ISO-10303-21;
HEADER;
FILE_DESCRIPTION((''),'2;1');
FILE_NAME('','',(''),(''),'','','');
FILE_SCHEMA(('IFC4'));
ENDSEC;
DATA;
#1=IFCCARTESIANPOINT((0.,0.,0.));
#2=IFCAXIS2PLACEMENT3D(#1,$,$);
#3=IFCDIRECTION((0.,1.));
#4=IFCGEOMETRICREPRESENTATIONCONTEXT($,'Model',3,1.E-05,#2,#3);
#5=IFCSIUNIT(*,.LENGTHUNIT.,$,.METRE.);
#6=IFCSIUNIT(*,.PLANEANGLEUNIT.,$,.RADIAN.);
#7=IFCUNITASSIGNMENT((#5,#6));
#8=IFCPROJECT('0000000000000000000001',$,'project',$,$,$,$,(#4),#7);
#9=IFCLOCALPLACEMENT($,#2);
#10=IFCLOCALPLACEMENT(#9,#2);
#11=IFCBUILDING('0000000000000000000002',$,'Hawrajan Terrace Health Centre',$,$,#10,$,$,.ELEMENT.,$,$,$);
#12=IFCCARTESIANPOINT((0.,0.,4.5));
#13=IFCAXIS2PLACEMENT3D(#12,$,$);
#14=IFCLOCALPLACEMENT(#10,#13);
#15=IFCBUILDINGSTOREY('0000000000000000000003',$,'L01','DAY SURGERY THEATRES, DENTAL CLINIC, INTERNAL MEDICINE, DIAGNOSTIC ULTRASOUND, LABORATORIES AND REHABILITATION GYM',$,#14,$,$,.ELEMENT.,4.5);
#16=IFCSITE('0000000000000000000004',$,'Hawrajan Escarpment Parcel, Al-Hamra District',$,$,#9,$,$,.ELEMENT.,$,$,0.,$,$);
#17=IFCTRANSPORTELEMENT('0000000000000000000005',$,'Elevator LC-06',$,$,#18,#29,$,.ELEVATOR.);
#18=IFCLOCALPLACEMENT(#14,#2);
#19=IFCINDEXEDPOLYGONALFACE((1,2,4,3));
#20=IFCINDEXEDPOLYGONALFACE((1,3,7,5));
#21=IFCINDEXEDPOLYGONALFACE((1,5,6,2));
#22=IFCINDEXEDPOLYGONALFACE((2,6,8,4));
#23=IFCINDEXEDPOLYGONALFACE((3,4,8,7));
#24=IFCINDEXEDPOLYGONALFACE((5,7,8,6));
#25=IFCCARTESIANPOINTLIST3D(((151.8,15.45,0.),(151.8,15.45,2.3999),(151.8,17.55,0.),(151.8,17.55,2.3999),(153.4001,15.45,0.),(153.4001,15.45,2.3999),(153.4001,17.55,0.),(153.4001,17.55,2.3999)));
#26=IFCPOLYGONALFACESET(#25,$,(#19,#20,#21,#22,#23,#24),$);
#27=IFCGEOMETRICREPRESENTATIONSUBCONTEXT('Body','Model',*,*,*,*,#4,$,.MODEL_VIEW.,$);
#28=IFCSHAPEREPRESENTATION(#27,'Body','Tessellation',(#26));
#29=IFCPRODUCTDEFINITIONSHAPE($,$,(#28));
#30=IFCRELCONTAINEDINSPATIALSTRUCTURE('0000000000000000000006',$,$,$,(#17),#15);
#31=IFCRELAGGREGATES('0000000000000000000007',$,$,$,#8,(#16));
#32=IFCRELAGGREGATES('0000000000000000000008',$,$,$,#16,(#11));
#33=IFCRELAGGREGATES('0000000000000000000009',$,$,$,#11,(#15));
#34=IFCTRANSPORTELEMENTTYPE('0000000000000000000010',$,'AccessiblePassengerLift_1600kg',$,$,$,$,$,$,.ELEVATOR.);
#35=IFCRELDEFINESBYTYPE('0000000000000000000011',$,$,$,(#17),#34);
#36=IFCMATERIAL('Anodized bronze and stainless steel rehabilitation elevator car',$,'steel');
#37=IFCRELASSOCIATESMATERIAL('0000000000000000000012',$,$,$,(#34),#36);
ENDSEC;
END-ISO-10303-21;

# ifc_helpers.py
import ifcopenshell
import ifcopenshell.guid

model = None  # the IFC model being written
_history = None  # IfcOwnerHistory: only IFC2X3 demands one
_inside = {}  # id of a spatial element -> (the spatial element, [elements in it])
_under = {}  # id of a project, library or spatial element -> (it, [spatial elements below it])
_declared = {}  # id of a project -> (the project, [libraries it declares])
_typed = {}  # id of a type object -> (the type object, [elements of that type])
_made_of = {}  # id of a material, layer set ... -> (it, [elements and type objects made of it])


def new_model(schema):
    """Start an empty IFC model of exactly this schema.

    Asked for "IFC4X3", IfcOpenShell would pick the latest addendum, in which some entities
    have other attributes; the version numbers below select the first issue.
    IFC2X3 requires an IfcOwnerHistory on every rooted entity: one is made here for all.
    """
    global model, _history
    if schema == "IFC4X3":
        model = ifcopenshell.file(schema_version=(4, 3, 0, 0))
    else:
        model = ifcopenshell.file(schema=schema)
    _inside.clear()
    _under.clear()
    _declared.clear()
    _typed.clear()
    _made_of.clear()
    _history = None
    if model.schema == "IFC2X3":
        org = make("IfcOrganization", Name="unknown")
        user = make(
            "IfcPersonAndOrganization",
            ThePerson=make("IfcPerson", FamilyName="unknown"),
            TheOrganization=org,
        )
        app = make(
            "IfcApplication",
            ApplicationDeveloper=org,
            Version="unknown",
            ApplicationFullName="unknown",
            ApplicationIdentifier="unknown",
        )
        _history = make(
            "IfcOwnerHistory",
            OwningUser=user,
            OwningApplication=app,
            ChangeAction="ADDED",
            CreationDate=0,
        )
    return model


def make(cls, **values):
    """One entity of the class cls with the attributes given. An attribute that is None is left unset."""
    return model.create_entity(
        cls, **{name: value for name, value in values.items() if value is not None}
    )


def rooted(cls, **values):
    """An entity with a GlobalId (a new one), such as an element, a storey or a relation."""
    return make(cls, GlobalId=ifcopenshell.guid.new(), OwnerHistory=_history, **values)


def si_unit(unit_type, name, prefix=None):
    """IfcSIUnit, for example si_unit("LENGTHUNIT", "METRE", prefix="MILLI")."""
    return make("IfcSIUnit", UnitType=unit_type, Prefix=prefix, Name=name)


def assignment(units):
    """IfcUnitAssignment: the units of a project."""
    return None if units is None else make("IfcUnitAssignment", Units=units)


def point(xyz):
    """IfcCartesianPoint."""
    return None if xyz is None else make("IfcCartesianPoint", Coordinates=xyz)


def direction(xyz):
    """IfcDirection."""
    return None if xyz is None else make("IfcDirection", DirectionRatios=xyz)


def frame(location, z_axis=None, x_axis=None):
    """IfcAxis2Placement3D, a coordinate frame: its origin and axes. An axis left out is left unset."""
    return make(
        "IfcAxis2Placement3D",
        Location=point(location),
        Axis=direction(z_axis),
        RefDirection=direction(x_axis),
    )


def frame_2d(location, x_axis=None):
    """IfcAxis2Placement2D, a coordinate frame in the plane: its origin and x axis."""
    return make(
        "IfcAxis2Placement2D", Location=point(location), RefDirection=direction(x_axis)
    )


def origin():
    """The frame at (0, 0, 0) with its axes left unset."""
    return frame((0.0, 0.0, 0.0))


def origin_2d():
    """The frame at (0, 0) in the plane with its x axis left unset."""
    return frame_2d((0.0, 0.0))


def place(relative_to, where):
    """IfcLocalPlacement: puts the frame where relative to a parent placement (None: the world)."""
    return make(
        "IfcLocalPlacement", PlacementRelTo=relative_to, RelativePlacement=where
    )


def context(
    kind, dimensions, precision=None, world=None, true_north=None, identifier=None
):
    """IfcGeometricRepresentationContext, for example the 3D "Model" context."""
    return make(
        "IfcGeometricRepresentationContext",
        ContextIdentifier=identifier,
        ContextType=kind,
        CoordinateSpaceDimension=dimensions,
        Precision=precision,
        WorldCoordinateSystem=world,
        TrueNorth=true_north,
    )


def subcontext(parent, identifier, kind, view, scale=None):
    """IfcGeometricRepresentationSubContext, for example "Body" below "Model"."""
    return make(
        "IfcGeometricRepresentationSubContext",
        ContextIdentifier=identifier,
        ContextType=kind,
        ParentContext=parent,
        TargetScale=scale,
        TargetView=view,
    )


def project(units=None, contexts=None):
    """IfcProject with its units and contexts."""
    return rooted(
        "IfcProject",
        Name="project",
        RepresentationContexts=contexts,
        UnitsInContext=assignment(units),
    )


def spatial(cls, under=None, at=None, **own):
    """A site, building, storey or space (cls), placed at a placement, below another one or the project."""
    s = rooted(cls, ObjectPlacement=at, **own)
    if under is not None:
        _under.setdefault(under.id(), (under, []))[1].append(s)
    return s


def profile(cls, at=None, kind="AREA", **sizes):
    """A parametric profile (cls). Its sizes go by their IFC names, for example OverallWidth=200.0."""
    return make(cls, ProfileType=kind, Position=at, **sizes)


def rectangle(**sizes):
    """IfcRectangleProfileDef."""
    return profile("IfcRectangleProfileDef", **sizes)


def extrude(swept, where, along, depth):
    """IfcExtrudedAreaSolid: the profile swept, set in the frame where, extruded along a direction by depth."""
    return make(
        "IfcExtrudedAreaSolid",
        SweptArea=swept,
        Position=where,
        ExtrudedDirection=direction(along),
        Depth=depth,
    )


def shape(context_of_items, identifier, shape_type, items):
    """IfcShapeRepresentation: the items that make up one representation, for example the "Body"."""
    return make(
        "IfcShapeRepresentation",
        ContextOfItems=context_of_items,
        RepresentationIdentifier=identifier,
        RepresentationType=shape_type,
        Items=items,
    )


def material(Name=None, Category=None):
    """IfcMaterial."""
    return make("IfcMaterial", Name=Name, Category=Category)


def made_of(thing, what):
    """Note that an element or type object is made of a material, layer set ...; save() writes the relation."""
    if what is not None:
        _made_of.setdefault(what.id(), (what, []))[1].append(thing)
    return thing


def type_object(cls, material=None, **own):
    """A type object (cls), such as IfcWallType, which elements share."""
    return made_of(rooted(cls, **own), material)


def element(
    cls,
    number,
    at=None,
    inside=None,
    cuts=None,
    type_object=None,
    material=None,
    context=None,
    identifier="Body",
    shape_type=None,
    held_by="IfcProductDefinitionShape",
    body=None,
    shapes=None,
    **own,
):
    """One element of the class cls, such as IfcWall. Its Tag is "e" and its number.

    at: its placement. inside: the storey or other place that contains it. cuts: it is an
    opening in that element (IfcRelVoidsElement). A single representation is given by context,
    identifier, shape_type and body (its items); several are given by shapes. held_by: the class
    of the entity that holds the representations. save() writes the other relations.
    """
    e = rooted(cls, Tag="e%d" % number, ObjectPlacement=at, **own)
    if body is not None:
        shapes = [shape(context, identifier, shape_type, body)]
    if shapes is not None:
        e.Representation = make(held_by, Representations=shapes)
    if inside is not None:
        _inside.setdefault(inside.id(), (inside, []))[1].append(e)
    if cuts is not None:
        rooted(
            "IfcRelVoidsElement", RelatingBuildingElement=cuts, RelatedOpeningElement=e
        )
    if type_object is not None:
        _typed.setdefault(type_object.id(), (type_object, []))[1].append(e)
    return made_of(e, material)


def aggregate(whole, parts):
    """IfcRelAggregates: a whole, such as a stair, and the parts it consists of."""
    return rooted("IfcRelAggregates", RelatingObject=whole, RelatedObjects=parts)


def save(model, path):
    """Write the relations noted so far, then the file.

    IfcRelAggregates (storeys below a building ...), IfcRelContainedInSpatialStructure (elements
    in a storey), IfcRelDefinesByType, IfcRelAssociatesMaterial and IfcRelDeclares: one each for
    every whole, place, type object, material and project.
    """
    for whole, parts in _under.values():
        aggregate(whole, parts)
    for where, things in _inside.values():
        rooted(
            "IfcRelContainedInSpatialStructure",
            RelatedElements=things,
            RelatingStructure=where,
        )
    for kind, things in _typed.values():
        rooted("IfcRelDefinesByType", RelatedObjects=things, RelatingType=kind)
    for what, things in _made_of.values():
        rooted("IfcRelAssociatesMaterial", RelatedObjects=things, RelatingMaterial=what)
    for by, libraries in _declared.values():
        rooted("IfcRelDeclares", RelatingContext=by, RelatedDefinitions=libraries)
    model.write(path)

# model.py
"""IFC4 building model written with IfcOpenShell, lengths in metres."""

from ifc_helpers import new_model, si_unit, direction, frame, origin, origin_2d, place, context, subcontext, project, spatial, rectangle, extrude, material, type_object, element, save


model = new_model("IFC4")

# Units and contexts
model_context = context("Model", 3, precision=1e-05, world=origin(), true_north=direction((0.0, 1.0)))
body_context = subcontext(model_context, "Body", "Model", "MODEL_VIEW")
ifc_project = project(units=[si_unit("LENGTHUNIT", "METRE"), si_unit("PLANEANGLEUNIT", "RADIAN")], contexts=[model_context])

# Site, building, storey
site_placement = place(None, origin())
site = spatial("IfcSite", under=ifc_project, at=site_placement, Name="Hawrajan Escarpment Parcel, Al-Hamra District", CompositionType="ELEMENT", RefElevation=0.0)
building_placement = place(site_placement, origin())
building = spatial("IfcBuilding", under=site, at=building_placement, Name="Hawrajan Terrace Health Centre", CompositionType="ELEMENT")
storey_placement = place(building_placement, frame((0.0, 0.0, 4.5)))
storey = spatial("IfcBuildingStorey", under=building, at=storey_placement, Name="L01", Description="DAY SURGERY THEATRES, DENTAL CLINIC, INTERNAL MEDICINE, DIAGNOSTIC ULTRASOUND, LABORATORIES AND REHABILITATION GYM", CompositionType="ELEMENT", Elevation=4.5)

# Transport element
ifc_material_1 = material(Name="Anodized bronze and stainless steel rehabilitation elevator car", Category="steel")
transport_element_type = type_object("IfcTransportElementType", Name="AccessiblePassengerLift_1600kg", PredefinedType="ELEVATOR", material=ifc_material_1)
transport_element_placement = place(storey_placement, frame((152.6001, 16.5, 0.0), z_axis=(0.0, 0.0, 1.0), x_axis=(1.0, 0.0, 0.0)))
element("IfcTransportElement", 1, at=transport_element_placement, inside=storey, type_object=transport_element_type, Name="Elevator LC-06", PredefinedType="ELEVATOR", context=body_context, shape_type="SweptSolid", body=[
    extrude(rectangle(XDim=1.6001, YDim=2.1001, at=origin_2d()), origin(), (0.0, 0.0, 1.0), 2.3999),
])

save(model, "model.ifc")
